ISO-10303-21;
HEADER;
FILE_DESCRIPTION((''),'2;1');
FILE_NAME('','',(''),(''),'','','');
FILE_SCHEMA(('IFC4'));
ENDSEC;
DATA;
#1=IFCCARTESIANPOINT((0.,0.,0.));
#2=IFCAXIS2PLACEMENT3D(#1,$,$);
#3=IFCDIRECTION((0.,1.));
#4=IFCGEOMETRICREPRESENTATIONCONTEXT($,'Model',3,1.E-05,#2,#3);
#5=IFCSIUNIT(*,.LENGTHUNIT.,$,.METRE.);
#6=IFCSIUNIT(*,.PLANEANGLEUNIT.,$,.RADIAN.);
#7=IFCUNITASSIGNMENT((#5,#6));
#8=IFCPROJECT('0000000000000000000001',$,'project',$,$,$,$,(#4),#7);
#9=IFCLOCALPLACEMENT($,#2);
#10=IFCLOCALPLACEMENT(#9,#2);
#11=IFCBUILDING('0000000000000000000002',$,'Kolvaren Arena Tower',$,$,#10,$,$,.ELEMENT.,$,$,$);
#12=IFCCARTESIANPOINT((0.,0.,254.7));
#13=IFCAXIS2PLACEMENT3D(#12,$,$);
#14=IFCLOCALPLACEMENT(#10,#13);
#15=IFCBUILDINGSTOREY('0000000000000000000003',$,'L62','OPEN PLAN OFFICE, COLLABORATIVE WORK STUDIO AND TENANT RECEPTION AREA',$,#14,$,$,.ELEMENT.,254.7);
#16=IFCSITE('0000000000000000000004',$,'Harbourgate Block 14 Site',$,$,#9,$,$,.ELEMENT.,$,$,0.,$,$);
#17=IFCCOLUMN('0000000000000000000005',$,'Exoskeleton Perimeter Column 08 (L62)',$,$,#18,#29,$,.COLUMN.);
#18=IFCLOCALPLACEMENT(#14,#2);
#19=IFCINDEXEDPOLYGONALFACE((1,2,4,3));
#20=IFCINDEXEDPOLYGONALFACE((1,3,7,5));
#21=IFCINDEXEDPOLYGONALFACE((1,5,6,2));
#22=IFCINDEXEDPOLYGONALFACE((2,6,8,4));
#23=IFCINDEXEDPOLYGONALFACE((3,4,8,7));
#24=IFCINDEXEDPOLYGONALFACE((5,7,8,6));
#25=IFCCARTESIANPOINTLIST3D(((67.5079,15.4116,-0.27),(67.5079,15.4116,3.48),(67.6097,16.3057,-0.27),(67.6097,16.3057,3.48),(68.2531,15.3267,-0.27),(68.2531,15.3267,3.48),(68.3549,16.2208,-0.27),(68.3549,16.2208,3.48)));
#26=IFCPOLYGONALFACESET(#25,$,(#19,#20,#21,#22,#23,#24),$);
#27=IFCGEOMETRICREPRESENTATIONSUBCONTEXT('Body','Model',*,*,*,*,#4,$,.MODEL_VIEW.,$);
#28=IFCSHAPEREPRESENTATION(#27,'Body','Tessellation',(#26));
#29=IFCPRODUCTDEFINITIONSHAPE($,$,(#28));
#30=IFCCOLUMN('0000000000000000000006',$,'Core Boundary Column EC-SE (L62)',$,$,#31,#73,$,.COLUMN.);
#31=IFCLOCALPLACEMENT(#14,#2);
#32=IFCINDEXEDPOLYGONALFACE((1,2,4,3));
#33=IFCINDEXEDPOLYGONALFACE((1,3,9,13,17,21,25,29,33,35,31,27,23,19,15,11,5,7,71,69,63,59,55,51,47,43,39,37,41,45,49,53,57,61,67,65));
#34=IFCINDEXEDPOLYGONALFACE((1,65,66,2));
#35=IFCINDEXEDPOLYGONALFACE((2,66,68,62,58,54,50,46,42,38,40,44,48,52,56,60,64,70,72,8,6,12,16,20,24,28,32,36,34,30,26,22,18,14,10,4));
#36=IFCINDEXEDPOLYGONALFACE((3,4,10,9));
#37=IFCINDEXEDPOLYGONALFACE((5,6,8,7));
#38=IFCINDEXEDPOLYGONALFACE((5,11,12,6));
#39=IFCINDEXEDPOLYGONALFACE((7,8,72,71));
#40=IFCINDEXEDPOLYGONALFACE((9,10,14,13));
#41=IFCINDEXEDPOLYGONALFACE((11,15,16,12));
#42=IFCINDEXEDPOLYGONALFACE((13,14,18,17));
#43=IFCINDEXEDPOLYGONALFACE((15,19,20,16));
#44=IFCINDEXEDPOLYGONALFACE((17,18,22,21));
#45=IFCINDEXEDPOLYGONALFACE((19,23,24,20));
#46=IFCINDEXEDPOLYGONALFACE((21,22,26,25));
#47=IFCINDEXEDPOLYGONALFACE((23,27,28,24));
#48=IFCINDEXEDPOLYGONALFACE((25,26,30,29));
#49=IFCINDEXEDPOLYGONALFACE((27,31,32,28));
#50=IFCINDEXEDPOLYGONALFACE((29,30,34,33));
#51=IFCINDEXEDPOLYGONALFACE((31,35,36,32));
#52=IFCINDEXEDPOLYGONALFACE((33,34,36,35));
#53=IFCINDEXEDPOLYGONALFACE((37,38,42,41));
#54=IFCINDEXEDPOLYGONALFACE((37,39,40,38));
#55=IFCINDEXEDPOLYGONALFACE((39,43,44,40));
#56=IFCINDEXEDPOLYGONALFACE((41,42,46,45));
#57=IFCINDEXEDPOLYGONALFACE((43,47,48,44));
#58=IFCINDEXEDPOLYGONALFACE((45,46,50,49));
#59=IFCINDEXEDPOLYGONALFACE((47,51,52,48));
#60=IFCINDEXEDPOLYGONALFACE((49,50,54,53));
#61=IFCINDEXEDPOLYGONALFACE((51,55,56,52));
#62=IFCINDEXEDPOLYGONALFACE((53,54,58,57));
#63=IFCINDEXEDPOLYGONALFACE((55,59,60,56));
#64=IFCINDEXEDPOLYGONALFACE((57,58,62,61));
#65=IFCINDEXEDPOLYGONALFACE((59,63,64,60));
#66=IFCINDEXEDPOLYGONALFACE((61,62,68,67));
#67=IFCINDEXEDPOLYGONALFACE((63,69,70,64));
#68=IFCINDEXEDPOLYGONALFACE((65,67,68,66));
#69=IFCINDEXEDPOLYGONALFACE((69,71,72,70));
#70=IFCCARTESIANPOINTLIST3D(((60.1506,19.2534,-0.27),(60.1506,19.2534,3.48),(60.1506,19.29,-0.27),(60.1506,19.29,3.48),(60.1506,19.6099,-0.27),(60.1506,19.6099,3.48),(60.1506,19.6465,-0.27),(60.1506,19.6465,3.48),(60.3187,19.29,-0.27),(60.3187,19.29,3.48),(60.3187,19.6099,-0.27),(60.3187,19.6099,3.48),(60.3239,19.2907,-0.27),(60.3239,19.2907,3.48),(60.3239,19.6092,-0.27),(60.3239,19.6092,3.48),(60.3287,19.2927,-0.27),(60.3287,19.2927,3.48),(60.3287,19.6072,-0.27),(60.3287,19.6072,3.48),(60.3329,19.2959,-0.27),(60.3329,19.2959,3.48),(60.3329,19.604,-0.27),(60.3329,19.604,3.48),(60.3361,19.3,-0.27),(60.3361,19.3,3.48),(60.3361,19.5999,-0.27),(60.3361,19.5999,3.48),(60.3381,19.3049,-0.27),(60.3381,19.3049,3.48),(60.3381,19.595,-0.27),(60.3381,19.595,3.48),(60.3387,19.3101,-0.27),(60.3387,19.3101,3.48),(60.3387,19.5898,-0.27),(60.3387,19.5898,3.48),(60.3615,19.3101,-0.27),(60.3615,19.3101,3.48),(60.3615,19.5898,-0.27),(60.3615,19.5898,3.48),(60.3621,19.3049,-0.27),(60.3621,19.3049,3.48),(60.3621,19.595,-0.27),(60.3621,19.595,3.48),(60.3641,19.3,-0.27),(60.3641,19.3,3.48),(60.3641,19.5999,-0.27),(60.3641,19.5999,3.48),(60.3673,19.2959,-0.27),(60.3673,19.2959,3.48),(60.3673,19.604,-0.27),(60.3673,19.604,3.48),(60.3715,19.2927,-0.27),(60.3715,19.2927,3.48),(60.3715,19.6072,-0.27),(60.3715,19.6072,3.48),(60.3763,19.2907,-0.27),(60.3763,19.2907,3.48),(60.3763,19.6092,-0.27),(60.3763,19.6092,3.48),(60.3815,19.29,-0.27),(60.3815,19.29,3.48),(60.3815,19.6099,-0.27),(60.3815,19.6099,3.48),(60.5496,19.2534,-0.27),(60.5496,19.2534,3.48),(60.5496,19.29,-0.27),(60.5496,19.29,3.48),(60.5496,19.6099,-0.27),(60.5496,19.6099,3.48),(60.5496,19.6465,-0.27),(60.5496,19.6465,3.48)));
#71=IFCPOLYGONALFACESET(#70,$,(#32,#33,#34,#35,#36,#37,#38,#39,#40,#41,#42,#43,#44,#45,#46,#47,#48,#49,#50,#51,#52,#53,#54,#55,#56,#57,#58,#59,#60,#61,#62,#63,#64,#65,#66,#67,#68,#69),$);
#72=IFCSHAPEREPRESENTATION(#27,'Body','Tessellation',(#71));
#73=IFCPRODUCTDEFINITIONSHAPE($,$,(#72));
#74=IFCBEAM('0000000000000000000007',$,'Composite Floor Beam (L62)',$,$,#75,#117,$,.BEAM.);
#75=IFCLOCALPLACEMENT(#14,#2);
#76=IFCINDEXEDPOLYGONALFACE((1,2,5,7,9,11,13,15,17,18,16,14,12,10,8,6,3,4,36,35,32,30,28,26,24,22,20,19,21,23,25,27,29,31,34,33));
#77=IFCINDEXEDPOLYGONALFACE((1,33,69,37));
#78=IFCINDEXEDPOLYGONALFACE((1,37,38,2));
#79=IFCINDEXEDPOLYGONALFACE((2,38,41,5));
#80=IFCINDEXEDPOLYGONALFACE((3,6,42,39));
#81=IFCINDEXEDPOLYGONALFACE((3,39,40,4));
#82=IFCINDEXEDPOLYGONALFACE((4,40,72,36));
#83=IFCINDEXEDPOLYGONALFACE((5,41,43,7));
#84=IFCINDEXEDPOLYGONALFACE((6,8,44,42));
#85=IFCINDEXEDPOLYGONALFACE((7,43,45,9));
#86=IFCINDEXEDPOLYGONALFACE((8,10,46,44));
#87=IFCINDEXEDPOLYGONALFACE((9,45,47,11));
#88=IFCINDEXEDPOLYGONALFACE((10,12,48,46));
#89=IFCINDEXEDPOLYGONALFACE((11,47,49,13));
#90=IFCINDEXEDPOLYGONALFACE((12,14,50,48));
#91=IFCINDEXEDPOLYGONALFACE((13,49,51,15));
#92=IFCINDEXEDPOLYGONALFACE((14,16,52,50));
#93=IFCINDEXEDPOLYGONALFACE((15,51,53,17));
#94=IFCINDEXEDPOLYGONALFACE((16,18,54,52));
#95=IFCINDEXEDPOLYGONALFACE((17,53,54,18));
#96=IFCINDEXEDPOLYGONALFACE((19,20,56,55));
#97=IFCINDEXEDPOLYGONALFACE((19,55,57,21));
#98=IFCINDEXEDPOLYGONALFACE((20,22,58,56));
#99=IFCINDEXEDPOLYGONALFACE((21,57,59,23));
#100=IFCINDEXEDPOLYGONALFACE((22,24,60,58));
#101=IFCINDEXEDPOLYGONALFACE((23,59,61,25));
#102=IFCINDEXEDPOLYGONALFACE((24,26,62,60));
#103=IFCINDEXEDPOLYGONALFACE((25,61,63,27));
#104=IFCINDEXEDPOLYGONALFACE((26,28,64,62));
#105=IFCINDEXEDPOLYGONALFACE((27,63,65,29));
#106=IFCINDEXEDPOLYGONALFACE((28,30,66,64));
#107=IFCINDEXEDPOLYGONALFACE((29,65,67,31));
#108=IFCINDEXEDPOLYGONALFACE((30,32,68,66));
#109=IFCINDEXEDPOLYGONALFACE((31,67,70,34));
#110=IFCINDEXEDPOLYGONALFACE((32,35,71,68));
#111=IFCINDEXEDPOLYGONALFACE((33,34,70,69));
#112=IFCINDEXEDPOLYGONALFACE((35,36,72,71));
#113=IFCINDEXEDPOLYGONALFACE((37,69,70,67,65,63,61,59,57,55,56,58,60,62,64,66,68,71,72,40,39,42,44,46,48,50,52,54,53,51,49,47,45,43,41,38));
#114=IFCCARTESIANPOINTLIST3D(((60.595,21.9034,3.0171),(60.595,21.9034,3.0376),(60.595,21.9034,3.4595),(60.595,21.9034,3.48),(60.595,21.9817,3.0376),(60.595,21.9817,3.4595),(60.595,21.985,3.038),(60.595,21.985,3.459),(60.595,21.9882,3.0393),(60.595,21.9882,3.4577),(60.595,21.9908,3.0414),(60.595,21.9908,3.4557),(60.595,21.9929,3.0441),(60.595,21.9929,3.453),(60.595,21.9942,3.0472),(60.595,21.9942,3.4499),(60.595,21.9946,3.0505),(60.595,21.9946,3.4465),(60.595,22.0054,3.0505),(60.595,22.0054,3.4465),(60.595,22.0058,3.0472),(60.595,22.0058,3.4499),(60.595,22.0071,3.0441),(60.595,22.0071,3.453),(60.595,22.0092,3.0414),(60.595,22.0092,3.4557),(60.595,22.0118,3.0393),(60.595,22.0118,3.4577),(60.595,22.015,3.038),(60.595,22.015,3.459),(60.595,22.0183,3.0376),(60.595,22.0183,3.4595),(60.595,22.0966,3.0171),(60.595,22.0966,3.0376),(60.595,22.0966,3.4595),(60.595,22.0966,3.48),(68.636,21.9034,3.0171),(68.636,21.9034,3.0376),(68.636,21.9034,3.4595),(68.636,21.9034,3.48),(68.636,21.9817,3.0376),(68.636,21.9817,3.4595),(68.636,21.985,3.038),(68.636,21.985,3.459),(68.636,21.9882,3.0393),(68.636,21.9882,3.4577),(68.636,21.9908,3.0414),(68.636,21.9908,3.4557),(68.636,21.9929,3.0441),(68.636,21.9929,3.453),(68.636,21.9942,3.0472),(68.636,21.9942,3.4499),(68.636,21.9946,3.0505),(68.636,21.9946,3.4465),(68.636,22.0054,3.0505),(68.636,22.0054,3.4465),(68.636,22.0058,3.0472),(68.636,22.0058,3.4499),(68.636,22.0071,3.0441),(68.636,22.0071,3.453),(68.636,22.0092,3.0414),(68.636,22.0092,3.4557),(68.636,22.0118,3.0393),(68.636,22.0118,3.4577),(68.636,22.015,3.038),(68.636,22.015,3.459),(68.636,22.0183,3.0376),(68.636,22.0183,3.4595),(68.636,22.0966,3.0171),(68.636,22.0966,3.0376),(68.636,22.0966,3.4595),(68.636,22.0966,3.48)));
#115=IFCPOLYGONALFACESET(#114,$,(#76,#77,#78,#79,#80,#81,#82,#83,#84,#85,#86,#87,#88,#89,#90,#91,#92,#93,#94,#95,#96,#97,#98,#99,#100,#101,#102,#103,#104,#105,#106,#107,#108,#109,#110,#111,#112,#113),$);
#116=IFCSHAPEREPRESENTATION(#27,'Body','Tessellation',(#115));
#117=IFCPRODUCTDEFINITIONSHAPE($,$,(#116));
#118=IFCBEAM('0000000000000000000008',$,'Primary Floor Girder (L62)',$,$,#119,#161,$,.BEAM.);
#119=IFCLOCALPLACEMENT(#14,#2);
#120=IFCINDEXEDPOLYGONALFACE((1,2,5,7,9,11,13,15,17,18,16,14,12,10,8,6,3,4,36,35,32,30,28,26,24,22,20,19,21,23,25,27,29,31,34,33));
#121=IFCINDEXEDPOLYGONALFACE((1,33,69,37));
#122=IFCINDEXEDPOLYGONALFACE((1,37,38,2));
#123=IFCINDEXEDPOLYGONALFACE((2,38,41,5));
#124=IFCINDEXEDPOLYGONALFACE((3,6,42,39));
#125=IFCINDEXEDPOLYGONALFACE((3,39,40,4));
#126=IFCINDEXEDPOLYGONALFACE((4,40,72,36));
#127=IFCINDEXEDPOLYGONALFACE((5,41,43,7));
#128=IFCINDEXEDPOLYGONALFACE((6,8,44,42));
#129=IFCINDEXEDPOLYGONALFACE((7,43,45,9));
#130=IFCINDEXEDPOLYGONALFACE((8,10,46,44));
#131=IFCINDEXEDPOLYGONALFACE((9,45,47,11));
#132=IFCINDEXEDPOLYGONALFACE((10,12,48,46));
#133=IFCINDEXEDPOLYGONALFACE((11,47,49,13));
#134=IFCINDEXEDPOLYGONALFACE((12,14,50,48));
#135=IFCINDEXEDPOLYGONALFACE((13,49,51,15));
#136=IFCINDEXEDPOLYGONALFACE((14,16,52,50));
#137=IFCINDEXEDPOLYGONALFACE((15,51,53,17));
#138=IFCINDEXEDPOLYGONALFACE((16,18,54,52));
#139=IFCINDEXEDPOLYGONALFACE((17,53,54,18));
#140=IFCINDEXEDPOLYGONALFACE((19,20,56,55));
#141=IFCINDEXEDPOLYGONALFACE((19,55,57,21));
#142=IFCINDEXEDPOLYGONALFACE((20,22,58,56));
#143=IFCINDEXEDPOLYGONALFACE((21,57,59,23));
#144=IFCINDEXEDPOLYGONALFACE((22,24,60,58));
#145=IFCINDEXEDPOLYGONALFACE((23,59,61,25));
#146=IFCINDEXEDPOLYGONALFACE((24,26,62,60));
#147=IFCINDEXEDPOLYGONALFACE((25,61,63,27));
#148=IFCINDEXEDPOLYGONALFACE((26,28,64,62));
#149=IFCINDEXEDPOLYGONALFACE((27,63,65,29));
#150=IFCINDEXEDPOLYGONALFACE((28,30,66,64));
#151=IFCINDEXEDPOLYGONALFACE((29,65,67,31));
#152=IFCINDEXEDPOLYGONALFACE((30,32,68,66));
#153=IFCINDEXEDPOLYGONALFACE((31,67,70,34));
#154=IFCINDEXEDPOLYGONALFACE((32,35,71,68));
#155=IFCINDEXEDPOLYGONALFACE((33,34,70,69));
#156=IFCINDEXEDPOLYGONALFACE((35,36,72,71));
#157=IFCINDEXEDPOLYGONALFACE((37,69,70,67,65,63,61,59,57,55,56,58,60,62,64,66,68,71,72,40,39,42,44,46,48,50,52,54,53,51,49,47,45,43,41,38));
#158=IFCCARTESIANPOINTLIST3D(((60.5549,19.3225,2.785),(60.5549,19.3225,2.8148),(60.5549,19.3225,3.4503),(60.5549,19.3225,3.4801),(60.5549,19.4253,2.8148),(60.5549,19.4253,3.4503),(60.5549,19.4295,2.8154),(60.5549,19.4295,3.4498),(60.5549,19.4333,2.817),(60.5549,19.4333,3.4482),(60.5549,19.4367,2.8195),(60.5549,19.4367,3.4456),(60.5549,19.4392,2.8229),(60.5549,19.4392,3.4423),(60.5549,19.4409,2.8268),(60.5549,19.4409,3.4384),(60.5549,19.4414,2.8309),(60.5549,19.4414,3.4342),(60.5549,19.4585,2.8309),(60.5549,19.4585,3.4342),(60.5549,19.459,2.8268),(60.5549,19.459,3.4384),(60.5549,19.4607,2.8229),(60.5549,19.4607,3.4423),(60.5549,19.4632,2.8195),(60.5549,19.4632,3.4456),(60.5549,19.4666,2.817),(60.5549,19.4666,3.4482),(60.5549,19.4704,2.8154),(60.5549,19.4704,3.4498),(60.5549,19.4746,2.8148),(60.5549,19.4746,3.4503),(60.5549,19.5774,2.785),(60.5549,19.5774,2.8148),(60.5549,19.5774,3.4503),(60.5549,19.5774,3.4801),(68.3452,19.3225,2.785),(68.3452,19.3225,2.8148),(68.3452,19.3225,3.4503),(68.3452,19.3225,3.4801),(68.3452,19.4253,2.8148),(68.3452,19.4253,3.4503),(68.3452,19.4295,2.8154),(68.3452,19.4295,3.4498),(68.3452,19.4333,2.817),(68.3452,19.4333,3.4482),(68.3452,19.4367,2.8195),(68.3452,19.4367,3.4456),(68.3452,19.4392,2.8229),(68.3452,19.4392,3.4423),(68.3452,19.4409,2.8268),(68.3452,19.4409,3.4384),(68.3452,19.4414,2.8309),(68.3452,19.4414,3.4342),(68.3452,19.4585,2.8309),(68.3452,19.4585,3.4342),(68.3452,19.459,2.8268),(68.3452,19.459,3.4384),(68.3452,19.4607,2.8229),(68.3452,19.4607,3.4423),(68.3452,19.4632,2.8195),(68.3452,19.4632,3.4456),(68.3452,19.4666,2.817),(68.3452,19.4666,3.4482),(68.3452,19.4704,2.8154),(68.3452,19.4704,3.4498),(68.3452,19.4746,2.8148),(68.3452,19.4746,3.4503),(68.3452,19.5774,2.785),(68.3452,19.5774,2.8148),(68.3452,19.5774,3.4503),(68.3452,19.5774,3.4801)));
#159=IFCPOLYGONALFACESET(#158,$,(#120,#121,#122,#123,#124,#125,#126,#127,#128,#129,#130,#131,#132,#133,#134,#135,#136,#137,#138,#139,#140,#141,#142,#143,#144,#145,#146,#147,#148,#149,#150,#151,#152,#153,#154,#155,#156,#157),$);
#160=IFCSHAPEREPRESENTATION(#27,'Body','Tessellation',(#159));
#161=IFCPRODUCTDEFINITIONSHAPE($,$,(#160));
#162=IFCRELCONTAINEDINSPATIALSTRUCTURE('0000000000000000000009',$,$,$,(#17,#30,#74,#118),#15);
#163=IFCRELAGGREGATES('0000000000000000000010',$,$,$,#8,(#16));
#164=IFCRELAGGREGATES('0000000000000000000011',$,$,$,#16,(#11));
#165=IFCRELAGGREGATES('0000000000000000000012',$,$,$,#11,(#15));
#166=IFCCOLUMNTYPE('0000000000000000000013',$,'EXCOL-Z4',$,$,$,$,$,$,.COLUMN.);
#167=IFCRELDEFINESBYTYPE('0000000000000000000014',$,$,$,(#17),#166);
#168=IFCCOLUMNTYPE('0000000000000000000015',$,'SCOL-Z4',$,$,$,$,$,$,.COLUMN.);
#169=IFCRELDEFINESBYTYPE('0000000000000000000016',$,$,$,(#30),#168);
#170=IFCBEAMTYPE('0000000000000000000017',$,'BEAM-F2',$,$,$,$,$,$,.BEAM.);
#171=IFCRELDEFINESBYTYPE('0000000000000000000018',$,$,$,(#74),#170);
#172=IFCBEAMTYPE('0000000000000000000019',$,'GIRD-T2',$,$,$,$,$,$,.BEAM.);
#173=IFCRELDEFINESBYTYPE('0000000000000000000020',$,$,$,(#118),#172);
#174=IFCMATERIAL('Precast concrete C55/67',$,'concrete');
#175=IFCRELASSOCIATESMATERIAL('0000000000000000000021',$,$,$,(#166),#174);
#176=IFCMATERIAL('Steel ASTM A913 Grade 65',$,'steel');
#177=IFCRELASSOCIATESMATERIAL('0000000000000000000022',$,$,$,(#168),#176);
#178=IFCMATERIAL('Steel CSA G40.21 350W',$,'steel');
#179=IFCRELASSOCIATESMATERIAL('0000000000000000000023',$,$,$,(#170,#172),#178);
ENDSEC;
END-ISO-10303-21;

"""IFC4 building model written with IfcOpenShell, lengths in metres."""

from ifc_helpers import new_model, si_unit, direction, frame, origin, origin_2d, place, context, subcontext, project, spatial, rectangle, i_section, extrude, material, material_profile, profile_set, type_object, element, save


model = new_model("IFC4")

# Units and contexts
model_context = context("Model", 3, precision=1e-05, world=origin(), true_north=direction((0.0, 1.0)))
body_context = subcontext(model_context, "Body", "Model", "MODEL_VIEW")
ifc_project = project(units=[si_unit("LENGTHUNIT", "METRE"), si_unit("PLANEANGLEUNIT", "RADIAN")], contexts=[model_context])

# Site, building, storey
site_placement = place(None, origin())
site = spatial("IfcSite", under=ifc_project, at=site_placement, Name="Harbourgate Block 14 Site", CompositionType="ELEMENT", RefElevation=0.0)
building_placement = place(site_placement, origin())
building = spatial("IfcBuilding", under=site, at=building_placement, Name="Kolvaren Arena Tower", CompositionType="ELEMENT")
storey_placement = place(building_placement, frame((0.0, 0.0, 254.7)))
storey = spatial("IfcBuildingStorey", under=building, at=storey_placement, Name="L62", Description="OPEN PLAN OFFICE, COLLABORATIVE WORK STUDIO AND TENANT RECEPTION AREA", CompositionType="ELEMENT", Elevation=254.7)

# Columns
ifc_material_1 = material(Name="Precast concrete C55/67", Category="concrete")
ifc_material_profile_1 = material_profile(ifc_material_1, rectangle(XDim=0.8999, YDim=0.75, at=origin_2d()), Name="RC-900x750")
ifc_profile_set_1 = profile_set([ifc_material_profile_1], Name="Precast concrete C55/67")
column_type_1 = type_object("IfcColumnType", Name="EXCOL-Z4", PredefinedType="COLUMN", material=ifc_profile_set_1)
column_1_placement = place(storey_placement, frame((67.9314, 15.8162, -0.27), z_axis=(0.0, 0.0, 1.0), x_axis=(0.113203, 0.993572, 0.0)))
element("IfcColumn", 1, at=column_1_placement, inside=storey, type_object=column_type_1, Name="Exoskeleton Perimeter Column 08 (L62)", PredefinedType="COLUMN", context=body_context, shape_type="SweptSolid", body=[
    extrude(rectangle(XDim=0.8999, YDim=0.75, at=origin_2d()), origin(), (0.0, 0.0, 1.0), 3.75),
])
ifc_material_2 = material(Name="Steel ASTM A913 Grade 65", Category="steel")
ifc_material_profile_2 = material_profile(ifc_material_2, i_section(OverallWidth=0.3989, OverallDepth=0.3931, WebThickness=0.0227, FlangeThickness=0.0366, FilletRadius=0.02, at=origin_2d()), Name="W360x287")
ifc_profile_set_2 = profile_set([ifc_material_profile_2], Name="Steel ASTM A913 Grade 65")
column_type_2 = type_object("IfcColumnType", Name="SCOL-Z4", PredefinedType="COLUMN", material=ifc_profile_set_2)
column_2_placement = place(storey_placement, frame((60.3501, 19.45, -0.27), z_axis=(0.0, 0.0, 1.0), x_axis=(1.0, 0.0, 0.0)))
element("IfcColumn", 2, at=column_2_placement, inside=storey, type_object=column_type_2, Name="Core Boundary Column EC-SE (L62)", PredefinedType="COLUMN", context=body_context, shape_type="SweptSolid", body=[
    extrude(i_section(OverallWidth=0.3989, OverallDepth=0.3931, WebThickness=0.0227, FlangeThickness=0.0366, FilletRadius=0.02, at=origin_2d()), origin(), (0.0, 0.0, 1.0), 3.75),
])

# Beams
ifc_material_3 = material(Name="Steel CSA G40.21 350W", Category="steel")
ifc_material_profile_3 = material_profile(ifc_material_3, i_section(OverallWidth=0.1931, OverallDepth=0.4629, WebThickness=0.0107, FlangeThickness=0.0205, FilletRadius=0.0129, at=origin_2d()), Name="W460x113")
ifc_profile_set_3 = profile_set([ifc_material_profile_3], Name="Steel CSA G40.21 350W")
beam_type_1 = type_object("IfcBeamType", Name="BEAM-F2", PredefinedType="BEAM", material=ifc_profile_set_3)
beam_1_placement = place(storey_placement, frame((60.595, 22.0, 3.2485), z_axis=(1.0, 0.0, 0.0), x_axis=(0.0, 1.0, 0.0)))
element("IfcBeam", 3, at=beam_1_placement, inside=storey, type_object=beam_type_1, Name="Composite Floor Beam (L62)", PredefinedType="BEAM", context=body_context, shape_type="SweptSolid", body=[
    extrude(i_section(OverallWidth=0.1931, OverallDepth=0.4629, WebThickness=0.0107, FlangeThickness=0.0205, FilletRadius=0.0129, at=origin_2d()), origin(), (0.0, 0.0, 1.0), 8.041),
])
ifc_material_profile_4 = material_profile(ifc_material_3, i_section(OverallWidth=0.2549, OverallDepth=0.6951, WebThickness=0.0171, FlangeThickness=0.0298, FilletRadius=0.0161, at=origin_2d()), Name="W690x217")
ifc_profile_set_4 = profile_set([ifc_material_profile_4], Name="Steel CSA G40.21 350W")
beam_type_2 = type_object("IfcBeamType", Name="GIRD-T2", PredefinedType="BEAM", material=ifc_profile_set_4)
beam_2_placement = place(storey_placement, frame((60.5549, 19.45, 3.1326), z_axis=(1.0, 0.0, 0.0), x_axis=(0.0, 1.0, 0.0)))
element("IfcBeam", 4, at=beam_2_placement, inside=storey, type_object=beam_type_2, Name="Primary Floor Girder (L62)", PredefinedType="BEAM", context=body_context, shape_type="SweptSolid", body=[
    extrude(i_section(OverallWidth=0.2549, OverallDepth=0.6951, WebThickness=0.0171, FlangeThickness=0.0298, FilletRadius=0.0161, at=origin_2d()), origin(), (0.0, 0.0, 1.0), 7.7903),
])

save(model, "model.ifc")
